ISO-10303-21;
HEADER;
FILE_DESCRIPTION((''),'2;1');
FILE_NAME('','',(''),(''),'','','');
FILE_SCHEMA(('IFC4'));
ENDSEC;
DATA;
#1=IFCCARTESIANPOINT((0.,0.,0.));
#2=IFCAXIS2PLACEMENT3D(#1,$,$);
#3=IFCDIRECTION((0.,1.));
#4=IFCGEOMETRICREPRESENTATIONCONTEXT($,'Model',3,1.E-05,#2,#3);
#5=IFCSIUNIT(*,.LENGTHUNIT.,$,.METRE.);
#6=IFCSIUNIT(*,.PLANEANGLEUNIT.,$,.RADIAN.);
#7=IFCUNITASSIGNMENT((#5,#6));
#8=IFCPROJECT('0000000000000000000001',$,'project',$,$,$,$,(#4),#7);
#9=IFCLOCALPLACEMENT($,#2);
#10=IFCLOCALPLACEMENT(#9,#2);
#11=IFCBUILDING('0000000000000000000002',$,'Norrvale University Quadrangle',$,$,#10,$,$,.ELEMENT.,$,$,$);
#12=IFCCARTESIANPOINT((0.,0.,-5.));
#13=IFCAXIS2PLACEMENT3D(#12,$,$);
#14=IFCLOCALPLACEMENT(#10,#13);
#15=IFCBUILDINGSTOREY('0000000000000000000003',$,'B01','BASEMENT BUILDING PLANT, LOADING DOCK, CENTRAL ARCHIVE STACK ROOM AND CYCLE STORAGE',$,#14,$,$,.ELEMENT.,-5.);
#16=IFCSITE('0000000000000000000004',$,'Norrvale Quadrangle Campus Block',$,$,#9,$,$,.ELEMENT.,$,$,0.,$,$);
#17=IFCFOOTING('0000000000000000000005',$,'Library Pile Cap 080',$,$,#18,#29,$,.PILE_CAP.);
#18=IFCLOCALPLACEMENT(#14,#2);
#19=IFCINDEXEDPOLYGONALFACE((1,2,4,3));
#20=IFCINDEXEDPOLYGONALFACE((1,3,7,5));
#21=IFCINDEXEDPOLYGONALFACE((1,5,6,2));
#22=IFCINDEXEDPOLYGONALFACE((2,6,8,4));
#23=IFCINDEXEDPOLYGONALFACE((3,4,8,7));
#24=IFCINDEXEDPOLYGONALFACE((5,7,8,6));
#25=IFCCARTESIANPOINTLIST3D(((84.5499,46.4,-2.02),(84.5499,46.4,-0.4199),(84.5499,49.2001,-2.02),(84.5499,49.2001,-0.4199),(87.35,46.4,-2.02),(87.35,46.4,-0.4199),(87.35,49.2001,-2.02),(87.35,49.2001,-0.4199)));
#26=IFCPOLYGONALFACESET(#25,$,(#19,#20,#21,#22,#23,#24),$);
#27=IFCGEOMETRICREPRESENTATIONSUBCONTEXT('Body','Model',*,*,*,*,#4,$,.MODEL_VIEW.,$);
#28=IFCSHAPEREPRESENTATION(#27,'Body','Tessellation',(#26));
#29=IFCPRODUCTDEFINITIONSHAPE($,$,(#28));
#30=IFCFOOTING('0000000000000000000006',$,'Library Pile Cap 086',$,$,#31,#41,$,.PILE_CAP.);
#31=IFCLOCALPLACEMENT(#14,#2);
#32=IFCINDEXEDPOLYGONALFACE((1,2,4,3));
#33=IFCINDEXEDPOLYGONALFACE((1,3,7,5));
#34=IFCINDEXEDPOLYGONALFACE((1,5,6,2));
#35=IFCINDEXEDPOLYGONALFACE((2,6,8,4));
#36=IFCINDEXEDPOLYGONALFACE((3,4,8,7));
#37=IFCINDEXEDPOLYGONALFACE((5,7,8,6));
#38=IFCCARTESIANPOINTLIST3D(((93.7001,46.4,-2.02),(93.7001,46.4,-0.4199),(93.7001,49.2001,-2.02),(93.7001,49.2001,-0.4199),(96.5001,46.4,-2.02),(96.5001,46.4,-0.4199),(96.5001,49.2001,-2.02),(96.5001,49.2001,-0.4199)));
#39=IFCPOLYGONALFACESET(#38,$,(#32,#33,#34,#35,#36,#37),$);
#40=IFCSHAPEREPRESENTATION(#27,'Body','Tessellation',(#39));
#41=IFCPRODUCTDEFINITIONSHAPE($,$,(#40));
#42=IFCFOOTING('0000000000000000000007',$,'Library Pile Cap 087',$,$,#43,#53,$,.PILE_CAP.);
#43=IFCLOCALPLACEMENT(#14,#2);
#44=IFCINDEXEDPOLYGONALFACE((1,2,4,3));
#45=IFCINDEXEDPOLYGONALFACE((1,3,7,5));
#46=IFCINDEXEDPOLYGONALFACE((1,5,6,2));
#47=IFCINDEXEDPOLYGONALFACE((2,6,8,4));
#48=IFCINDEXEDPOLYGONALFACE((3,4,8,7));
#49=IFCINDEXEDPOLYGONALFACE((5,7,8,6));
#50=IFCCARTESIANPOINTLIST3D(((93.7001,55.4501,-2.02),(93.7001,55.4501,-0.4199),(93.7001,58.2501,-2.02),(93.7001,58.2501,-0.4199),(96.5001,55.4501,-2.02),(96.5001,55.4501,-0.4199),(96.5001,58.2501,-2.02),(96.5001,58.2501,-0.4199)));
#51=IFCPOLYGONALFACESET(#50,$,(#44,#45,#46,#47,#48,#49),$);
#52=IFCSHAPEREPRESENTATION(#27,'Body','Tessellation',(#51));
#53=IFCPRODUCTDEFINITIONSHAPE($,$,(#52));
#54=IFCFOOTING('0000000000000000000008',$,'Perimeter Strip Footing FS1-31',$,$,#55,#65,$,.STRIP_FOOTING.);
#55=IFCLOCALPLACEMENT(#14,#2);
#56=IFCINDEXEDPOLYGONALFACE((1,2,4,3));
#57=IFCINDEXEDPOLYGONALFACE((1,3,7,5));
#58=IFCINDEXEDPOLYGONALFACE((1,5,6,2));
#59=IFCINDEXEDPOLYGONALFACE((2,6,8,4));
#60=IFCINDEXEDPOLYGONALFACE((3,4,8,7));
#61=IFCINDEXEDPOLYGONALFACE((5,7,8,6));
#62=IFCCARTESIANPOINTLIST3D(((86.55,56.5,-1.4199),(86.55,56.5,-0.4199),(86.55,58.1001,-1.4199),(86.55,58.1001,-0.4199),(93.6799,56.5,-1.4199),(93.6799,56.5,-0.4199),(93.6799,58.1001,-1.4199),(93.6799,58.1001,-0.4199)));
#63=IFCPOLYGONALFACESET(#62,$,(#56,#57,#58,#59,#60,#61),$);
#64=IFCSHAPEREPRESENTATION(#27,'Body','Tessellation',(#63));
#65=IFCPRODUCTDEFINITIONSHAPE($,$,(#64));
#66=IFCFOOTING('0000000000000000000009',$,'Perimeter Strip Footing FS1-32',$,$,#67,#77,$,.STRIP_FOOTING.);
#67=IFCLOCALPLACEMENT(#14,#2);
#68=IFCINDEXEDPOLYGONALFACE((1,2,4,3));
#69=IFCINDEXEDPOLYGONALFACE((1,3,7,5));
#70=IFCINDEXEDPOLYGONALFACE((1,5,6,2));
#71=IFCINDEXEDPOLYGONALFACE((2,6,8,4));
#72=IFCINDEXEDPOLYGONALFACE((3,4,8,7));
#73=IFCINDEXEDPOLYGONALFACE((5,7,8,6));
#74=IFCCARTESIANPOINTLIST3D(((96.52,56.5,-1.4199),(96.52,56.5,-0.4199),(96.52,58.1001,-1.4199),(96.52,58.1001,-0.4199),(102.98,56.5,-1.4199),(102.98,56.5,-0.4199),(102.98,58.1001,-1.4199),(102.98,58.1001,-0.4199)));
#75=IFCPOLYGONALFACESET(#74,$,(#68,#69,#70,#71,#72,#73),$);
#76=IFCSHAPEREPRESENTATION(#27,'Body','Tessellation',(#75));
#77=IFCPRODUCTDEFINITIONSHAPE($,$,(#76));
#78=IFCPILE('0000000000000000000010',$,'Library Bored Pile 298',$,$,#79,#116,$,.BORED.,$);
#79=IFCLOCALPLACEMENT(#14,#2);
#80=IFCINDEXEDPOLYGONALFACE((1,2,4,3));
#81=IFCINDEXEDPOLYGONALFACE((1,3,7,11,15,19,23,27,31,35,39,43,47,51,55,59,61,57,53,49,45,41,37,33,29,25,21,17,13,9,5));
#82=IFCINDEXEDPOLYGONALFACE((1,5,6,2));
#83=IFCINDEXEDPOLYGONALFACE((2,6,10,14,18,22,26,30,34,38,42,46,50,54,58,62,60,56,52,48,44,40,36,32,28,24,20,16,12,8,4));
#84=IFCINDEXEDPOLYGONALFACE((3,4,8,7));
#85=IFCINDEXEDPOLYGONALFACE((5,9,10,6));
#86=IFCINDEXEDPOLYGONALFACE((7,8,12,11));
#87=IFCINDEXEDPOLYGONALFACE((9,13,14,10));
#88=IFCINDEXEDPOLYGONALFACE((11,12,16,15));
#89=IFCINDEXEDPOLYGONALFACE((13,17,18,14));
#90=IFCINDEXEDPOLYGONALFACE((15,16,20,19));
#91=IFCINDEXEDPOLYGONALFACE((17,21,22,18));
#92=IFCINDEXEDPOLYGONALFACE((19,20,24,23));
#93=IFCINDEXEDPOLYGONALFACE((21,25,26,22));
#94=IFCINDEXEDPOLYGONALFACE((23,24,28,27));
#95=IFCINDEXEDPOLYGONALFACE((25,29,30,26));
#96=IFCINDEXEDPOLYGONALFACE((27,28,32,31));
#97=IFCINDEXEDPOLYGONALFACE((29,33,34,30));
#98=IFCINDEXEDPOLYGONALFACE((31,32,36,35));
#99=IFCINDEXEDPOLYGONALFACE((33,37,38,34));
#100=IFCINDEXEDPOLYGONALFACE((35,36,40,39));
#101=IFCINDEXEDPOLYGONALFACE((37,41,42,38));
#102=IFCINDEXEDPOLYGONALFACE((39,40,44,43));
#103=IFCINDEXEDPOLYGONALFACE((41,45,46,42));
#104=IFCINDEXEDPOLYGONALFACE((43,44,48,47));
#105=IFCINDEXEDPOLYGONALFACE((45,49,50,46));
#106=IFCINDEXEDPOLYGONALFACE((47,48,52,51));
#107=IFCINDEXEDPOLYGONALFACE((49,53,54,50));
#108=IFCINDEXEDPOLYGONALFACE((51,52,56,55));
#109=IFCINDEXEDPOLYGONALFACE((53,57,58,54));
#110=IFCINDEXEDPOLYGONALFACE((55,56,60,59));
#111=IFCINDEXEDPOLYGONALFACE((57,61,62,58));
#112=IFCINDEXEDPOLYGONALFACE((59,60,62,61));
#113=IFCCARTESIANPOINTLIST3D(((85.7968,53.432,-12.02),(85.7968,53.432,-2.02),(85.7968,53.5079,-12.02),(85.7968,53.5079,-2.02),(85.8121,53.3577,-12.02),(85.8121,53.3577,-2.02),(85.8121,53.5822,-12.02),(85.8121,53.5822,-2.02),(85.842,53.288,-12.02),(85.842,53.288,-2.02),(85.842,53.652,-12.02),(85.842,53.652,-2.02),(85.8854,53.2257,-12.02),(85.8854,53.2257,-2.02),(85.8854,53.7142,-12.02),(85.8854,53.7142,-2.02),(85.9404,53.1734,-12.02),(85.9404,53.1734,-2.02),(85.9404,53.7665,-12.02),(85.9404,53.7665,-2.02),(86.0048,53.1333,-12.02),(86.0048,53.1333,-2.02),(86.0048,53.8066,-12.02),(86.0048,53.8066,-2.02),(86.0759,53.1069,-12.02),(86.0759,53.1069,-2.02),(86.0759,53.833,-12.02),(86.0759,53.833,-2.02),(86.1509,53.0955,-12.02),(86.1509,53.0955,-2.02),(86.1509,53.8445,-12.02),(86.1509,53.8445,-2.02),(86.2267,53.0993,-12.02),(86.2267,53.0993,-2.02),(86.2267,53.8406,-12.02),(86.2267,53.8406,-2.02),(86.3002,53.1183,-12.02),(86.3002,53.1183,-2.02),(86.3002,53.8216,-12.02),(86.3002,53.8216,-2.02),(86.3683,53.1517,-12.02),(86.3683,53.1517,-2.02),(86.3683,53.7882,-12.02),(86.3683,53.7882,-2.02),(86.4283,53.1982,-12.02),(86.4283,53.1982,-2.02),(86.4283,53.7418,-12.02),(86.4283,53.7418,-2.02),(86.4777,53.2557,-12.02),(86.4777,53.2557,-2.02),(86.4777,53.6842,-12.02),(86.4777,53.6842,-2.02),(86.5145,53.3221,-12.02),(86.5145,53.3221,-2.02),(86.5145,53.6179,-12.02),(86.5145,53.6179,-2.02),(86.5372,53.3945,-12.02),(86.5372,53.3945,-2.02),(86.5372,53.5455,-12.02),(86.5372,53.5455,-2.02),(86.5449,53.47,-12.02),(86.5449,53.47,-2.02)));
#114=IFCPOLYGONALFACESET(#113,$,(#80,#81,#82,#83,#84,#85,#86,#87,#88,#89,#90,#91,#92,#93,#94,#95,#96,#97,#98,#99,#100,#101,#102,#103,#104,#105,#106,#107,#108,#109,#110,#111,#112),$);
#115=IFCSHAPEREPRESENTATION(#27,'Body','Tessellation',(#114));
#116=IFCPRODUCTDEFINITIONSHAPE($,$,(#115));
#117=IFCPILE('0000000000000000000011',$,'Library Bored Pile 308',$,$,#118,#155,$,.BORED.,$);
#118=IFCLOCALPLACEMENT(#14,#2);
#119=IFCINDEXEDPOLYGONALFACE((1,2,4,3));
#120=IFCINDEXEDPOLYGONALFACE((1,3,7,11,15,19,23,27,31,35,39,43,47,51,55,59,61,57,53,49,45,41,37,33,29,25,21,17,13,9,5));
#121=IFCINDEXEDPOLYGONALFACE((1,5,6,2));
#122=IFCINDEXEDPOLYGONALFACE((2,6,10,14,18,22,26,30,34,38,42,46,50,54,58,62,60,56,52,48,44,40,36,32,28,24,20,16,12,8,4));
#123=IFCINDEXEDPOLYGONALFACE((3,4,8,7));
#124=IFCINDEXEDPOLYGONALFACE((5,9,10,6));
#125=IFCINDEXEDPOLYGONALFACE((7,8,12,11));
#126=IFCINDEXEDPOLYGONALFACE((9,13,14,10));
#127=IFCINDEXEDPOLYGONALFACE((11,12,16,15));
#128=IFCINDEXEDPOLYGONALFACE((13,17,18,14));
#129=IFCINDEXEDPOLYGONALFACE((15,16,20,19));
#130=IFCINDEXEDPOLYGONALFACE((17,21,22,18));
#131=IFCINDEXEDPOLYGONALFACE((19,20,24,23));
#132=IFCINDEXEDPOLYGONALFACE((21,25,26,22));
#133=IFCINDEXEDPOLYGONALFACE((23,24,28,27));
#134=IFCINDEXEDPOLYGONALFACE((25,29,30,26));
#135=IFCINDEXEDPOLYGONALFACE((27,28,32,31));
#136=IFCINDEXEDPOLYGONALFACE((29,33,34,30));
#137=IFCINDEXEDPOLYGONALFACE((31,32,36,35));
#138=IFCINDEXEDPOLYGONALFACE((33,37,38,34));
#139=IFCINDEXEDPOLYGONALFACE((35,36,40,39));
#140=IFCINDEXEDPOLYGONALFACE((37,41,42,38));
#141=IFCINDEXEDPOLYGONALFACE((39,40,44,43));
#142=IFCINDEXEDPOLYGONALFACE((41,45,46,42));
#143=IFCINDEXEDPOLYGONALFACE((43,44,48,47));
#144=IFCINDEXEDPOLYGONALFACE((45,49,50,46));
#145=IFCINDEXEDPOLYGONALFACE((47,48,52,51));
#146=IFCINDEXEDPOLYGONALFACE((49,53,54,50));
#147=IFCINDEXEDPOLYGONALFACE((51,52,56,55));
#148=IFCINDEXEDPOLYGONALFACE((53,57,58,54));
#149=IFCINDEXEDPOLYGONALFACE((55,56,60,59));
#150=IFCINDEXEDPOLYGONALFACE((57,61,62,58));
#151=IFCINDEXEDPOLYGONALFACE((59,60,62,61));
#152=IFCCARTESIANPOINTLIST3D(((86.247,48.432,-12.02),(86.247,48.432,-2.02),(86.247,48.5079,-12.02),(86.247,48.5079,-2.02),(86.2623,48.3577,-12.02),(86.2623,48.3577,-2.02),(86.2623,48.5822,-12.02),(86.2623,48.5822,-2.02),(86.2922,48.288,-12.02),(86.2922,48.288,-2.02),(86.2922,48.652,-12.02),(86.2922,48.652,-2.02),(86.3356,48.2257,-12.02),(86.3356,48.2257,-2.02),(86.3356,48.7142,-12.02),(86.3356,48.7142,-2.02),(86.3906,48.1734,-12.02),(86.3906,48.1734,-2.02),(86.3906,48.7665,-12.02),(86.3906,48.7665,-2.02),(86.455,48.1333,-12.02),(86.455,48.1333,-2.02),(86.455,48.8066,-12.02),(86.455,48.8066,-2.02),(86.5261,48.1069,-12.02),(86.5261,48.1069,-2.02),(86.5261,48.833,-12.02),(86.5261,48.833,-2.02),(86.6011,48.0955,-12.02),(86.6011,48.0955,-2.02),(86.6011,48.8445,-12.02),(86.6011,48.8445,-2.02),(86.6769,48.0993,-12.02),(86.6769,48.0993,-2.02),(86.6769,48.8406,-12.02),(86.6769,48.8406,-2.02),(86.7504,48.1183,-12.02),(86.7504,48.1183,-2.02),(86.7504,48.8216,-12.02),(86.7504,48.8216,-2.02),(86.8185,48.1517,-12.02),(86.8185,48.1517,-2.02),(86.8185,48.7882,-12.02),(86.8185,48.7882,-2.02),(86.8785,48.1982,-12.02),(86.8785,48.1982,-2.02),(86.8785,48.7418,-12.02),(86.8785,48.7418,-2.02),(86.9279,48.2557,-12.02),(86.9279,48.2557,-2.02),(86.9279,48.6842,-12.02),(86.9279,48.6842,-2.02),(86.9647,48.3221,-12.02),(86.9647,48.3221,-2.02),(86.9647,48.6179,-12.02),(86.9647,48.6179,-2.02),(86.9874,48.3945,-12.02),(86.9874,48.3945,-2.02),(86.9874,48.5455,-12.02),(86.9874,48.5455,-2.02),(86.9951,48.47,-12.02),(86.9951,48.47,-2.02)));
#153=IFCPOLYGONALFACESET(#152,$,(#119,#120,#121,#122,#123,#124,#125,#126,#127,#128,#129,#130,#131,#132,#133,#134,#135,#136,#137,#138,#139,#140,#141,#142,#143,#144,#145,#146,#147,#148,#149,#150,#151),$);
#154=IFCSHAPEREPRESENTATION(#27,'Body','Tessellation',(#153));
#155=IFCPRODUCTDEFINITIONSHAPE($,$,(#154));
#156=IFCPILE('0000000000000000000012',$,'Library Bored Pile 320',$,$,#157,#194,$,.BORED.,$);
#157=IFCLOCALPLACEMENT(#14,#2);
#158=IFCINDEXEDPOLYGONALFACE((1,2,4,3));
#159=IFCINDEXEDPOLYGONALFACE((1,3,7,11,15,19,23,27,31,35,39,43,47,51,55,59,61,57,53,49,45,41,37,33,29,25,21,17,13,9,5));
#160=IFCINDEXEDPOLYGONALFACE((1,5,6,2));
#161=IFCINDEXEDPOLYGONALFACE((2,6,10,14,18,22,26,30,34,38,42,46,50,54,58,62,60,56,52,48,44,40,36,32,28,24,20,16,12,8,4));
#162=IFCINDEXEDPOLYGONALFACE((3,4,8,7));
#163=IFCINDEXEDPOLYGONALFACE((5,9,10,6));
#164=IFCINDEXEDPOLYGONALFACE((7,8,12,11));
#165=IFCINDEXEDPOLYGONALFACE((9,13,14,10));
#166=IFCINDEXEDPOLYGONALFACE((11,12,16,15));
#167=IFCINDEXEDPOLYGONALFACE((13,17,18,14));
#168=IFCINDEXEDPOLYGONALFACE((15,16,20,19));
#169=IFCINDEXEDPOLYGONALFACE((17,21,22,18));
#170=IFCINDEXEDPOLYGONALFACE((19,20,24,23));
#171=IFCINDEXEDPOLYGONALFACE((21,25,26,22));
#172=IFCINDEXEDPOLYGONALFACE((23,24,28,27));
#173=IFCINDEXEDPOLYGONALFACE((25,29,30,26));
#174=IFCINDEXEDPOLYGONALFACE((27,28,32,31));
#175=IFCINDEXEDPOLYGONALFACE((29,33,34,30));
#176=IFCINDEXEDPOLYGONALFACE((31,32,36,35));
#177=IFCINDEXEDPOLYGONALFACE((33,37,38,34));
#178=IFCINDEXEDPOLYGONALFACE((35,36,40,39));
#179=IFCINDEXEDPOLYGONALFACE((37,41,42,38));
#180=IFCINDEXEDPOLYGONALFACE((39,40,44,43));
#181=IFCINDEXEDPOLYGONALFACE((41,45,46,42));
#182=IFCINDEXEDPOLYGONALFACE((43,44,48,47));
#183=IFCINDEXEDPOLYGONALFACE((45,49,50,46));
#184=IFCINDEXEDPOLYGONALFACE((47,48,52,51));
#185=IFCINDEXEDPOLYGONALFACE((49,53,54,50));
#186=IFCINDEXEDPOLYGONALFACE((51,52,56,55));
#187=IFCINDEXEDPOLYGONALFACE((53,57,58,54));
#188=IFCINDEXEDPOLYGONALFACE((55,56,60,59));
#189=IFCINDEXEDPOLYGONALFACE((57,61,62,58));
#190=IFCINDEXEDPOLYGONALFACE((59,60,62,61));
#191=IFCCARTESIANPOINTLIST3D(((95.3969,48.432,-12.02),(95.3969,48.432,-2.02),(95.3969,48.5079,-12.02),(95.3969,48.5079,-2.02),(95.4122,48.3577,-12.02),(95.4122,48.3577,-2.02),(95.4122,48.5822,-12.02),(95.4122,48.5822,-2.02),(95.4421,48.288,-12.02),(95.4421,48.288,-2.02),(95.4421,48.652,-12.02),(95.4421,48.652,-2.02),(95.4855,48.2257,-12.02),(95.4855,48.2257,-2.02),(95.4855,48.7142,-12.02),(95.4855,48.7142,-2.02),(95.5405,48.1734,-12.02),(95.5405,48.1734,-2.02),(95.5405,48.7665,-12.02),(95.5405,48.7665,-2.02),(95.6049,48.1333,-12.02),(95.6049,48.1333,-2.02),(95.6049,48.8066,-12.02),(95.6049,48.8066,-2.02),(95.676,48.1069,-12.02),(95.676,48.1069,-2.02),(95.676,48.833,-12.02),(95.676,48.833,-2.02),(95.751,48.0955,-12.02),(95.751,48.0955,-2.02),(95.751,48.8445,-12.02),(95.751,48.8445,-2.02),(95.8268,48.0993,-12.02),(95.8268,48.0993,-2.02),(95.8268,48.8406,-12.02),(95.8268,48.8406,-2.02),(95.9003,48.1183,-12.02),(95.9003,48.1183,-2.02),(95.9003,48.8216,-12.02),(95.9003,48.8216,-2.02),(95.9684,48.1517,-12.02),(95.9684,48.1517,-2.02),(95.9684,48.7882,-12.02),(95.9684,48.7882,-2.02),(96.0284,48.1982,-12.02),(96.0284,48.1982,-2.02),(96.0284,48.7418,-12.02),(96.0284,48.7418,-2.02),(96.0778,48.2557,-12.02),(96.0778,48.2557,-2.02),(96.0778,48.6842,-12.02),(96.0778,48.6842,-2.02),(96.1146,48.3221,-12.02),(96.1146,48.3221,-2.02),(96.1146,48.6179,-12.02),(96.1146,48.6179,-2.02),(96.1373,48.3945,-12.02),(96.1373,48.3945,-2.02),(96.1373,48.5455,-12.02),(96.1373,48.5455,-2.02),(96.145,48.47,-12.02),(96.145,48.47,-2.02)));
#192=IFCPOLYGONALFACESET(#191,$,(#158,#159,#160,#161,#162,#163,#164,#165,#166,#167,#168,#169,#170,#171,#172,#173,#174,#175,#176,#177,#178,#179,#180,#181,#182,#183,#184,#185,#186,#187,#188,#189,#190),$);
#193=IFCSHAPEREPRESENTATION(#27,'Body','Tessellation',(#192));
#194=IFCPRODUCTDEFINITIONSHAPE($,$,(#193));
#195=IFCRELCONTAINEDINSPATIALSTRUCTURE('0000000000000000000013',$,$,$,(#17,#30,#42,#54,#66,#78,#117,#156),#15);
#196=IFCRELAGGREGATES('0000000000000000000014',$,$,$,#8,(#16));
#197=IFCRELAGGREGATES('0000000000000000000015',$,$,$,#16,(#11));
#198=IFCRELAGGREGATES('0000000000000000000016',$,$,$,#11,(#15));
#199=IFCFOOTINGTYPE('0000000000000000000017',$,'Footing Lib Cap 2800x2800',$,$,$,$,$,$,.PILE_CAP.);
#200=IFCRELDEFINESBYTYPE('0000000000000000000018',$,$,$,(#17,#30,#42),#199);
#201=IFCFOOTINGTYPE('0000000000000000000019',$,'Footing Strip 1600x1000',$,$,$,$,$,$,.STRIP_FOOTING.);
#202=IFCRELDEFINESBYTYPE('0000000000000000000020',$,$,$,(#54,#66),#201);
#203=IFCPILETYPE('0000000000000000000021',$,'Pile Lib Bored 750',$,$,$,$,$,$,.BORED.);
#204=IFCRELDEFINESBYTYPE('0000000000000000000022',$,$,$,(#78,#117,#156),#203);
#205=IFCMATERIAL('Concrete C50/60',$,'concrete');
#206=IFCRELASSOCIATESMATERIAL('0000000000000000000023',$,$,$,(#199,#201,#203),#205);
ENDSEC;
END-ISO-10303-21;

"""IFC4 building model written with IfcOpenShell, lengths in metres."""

from ifc_helpers import new_model, si_unit, direction, frame, origin, origin_2d, place, context, subcontext, project, spatial, rectangle, circle, extrude, material, material_profile, profile_set, type_object, element, save


model = new_model("IFC4")

# Units and contexts
model_context = context("Model", 3, precision=1e-05, world=origin(), true_north=direction((0.0, 1.0)))
body_context = subcontext(model_context, "Body", "Model", "MODEL_VIEW")
ifc_project = project(units=[si_unit("LENGTHUNIT", "METRE"), si_unit("PLANEANGLEUNIT", "RADIAN")], contexts=[model_context])

# Site, building, storey
site_placement = place(None, origin())
site = spatial("IfcSite", under=ifc_project, at=site_placement, Name="Norrvale Quadrangle Campus Block", CompositionType="ELEMENT", RefElevation=0.0)
building_placement = place(site_placement, origin())
building = spatial("IfcBuilding", under=site, at=building_placement, Name="Norrvale University Quadrangle", CompositionType="ELEMENT")
storey_placement = place(building_placement, frame((0.0, 0.0, -5.0)))
storey = spatial("IfcBuildingStorey", under=building, at=storey_placement, Name="B01", Description="BASEMENT BUILDING PLANT, LOADING DOCK, CENTRAL ARCHIVE STACK ROOM AND CYCLE STORAGE", CompositionType="ELEMENT", Elevation=-5.0)

# Footings
ifc_material_1 = material(Name="Concrete C50/60", Category="concrete")
footing_type_1 = type_object("IfcFootingType", Name="Footing Lib Cap 2800x2800", PredefinedType="PILE_CAP", material=ifc_material_1)
for number, where, z_axis, x_axis, name in (
    (1, (85.95, 47.8, -2.02), (0.0, 0.0, 1.0), (1.0, 0.0, 0.0), "Library Pile Cap 080"),
    (2, (95.1001, 47.8, -2.02), (0.0, 0.0, 1.0), (1.0, 0.0, 0.0), "Library Pile Cap 086"),
    (3, (95.1001, 56.8501, -2.02), (0.0, 0.0, 1.0), (1.0, 0.0, 0.0), "Library Pile Cap 087"),
):
    element("IfcFooting", number, at=place(storey_placement, frame(where, z_axis=z_axis, x_axis=x_axis)), inside=storey, type_object=footing_type_1, Name=name, PredefinedType="PILE_CAP", context=body_context, shape_type="SweptSolid", body=[
        extrude(rectangle(XDim=2.8, YDim=2.8, at=origin_2d()), origin(), (0.0, 0.0, 1.0), 1.6001),
    ])
footing_type_2 = type_object("IfcFootingType", Name="Footing Strip 1600x1000", PredefinedType="STRIP_FOOTING", material=ifc_material_1)
footing_1_placement = place(storey_placement, frame((90.115, 57.3, -1.4199), z_axis=(0.0, 0.0, 1.0), x_axis=(1.0, 0.0, 0.0)))
element("IfcFooting", 4, at=footing_1_placement, inside=storey, type_object=footing_type_2, Name="Perimeter Strip Footing FS1-31", PredefinedType="STRIP_FOOTING", context=body_context, shape_type="SweptSolid", body=[
    extrude(rectangle(XDim=7.1299, YDim=1.6001, at=origin_2d()), origin(), (0.0, 0.0, 1.0), 1.0),
])
footing_2_placement = place(storey_placement, frame((99.75, 57.3, -1.4199), z_axis=(0.0, 0.0, 1.0), x_axis=(1.0, 0.0, 0.0)))
element("IfcFooting", 5, at=footing_2_placement, inside=storey, type_object=footing_type_2, Name="Perimeter Strip Footing FS1-32", PredefinedType="STRIP_FOOTING", context=body_context, shape_type="SweptSolid", body=[
    extrude(rectangle(XDim=6.46, YDim=1.6001, at=origin_2d()), origin(), (0.0, 0.0, 1.0), 1.0),
])

# Piles
ifc_material_profile_1 = material_profile(ifc_material_1, circle(Radius=0.375, at=origin_2d()), Name="Concrete C50/60")
ifc_profile_set_1 = profile_set([ifc_material_profile_1], Name="Concrete C50/60")
pile_type = type_object("IfcPileType", Name="Pile Lib Bored 750", PredefinedType="BORED", material=ifc_profile_set_1)
for number, where, z_axis, x_axis, name in (
    (6, (86.1699, 53.47, -2.02), (0.0, 0.0, -1.0), (1.0, 0.0, 0.0), "Library Bored Pile 298"),
    (7, (86.6201, 48.47, -2.02), (0.0, 0.0, -1.0), (1.0, 0.0, 0.0), "Library Bored Pile 308"),
    (8, (95.77, 48.47, -2.02), (0.0, 0.0, -1.0), (1.0, 0.0, 0.0), "Library Bored Pile 320"),
):
    element("IfcPile", number, at=place(storey_placement, frame(where, z_axis=z_axis, x_axis=x_axis)), inside=storey, type_object=pile_type, Name=name, PredefinedType="BORED", context=body_context, shape_type="SweptSolid", body=[
        extrude(circle(Radius=0.375, at=origin_2d()), origin(), (0.0, 0.0, 1.0), 10.0),
    ])

save(model, "model.ifc")
